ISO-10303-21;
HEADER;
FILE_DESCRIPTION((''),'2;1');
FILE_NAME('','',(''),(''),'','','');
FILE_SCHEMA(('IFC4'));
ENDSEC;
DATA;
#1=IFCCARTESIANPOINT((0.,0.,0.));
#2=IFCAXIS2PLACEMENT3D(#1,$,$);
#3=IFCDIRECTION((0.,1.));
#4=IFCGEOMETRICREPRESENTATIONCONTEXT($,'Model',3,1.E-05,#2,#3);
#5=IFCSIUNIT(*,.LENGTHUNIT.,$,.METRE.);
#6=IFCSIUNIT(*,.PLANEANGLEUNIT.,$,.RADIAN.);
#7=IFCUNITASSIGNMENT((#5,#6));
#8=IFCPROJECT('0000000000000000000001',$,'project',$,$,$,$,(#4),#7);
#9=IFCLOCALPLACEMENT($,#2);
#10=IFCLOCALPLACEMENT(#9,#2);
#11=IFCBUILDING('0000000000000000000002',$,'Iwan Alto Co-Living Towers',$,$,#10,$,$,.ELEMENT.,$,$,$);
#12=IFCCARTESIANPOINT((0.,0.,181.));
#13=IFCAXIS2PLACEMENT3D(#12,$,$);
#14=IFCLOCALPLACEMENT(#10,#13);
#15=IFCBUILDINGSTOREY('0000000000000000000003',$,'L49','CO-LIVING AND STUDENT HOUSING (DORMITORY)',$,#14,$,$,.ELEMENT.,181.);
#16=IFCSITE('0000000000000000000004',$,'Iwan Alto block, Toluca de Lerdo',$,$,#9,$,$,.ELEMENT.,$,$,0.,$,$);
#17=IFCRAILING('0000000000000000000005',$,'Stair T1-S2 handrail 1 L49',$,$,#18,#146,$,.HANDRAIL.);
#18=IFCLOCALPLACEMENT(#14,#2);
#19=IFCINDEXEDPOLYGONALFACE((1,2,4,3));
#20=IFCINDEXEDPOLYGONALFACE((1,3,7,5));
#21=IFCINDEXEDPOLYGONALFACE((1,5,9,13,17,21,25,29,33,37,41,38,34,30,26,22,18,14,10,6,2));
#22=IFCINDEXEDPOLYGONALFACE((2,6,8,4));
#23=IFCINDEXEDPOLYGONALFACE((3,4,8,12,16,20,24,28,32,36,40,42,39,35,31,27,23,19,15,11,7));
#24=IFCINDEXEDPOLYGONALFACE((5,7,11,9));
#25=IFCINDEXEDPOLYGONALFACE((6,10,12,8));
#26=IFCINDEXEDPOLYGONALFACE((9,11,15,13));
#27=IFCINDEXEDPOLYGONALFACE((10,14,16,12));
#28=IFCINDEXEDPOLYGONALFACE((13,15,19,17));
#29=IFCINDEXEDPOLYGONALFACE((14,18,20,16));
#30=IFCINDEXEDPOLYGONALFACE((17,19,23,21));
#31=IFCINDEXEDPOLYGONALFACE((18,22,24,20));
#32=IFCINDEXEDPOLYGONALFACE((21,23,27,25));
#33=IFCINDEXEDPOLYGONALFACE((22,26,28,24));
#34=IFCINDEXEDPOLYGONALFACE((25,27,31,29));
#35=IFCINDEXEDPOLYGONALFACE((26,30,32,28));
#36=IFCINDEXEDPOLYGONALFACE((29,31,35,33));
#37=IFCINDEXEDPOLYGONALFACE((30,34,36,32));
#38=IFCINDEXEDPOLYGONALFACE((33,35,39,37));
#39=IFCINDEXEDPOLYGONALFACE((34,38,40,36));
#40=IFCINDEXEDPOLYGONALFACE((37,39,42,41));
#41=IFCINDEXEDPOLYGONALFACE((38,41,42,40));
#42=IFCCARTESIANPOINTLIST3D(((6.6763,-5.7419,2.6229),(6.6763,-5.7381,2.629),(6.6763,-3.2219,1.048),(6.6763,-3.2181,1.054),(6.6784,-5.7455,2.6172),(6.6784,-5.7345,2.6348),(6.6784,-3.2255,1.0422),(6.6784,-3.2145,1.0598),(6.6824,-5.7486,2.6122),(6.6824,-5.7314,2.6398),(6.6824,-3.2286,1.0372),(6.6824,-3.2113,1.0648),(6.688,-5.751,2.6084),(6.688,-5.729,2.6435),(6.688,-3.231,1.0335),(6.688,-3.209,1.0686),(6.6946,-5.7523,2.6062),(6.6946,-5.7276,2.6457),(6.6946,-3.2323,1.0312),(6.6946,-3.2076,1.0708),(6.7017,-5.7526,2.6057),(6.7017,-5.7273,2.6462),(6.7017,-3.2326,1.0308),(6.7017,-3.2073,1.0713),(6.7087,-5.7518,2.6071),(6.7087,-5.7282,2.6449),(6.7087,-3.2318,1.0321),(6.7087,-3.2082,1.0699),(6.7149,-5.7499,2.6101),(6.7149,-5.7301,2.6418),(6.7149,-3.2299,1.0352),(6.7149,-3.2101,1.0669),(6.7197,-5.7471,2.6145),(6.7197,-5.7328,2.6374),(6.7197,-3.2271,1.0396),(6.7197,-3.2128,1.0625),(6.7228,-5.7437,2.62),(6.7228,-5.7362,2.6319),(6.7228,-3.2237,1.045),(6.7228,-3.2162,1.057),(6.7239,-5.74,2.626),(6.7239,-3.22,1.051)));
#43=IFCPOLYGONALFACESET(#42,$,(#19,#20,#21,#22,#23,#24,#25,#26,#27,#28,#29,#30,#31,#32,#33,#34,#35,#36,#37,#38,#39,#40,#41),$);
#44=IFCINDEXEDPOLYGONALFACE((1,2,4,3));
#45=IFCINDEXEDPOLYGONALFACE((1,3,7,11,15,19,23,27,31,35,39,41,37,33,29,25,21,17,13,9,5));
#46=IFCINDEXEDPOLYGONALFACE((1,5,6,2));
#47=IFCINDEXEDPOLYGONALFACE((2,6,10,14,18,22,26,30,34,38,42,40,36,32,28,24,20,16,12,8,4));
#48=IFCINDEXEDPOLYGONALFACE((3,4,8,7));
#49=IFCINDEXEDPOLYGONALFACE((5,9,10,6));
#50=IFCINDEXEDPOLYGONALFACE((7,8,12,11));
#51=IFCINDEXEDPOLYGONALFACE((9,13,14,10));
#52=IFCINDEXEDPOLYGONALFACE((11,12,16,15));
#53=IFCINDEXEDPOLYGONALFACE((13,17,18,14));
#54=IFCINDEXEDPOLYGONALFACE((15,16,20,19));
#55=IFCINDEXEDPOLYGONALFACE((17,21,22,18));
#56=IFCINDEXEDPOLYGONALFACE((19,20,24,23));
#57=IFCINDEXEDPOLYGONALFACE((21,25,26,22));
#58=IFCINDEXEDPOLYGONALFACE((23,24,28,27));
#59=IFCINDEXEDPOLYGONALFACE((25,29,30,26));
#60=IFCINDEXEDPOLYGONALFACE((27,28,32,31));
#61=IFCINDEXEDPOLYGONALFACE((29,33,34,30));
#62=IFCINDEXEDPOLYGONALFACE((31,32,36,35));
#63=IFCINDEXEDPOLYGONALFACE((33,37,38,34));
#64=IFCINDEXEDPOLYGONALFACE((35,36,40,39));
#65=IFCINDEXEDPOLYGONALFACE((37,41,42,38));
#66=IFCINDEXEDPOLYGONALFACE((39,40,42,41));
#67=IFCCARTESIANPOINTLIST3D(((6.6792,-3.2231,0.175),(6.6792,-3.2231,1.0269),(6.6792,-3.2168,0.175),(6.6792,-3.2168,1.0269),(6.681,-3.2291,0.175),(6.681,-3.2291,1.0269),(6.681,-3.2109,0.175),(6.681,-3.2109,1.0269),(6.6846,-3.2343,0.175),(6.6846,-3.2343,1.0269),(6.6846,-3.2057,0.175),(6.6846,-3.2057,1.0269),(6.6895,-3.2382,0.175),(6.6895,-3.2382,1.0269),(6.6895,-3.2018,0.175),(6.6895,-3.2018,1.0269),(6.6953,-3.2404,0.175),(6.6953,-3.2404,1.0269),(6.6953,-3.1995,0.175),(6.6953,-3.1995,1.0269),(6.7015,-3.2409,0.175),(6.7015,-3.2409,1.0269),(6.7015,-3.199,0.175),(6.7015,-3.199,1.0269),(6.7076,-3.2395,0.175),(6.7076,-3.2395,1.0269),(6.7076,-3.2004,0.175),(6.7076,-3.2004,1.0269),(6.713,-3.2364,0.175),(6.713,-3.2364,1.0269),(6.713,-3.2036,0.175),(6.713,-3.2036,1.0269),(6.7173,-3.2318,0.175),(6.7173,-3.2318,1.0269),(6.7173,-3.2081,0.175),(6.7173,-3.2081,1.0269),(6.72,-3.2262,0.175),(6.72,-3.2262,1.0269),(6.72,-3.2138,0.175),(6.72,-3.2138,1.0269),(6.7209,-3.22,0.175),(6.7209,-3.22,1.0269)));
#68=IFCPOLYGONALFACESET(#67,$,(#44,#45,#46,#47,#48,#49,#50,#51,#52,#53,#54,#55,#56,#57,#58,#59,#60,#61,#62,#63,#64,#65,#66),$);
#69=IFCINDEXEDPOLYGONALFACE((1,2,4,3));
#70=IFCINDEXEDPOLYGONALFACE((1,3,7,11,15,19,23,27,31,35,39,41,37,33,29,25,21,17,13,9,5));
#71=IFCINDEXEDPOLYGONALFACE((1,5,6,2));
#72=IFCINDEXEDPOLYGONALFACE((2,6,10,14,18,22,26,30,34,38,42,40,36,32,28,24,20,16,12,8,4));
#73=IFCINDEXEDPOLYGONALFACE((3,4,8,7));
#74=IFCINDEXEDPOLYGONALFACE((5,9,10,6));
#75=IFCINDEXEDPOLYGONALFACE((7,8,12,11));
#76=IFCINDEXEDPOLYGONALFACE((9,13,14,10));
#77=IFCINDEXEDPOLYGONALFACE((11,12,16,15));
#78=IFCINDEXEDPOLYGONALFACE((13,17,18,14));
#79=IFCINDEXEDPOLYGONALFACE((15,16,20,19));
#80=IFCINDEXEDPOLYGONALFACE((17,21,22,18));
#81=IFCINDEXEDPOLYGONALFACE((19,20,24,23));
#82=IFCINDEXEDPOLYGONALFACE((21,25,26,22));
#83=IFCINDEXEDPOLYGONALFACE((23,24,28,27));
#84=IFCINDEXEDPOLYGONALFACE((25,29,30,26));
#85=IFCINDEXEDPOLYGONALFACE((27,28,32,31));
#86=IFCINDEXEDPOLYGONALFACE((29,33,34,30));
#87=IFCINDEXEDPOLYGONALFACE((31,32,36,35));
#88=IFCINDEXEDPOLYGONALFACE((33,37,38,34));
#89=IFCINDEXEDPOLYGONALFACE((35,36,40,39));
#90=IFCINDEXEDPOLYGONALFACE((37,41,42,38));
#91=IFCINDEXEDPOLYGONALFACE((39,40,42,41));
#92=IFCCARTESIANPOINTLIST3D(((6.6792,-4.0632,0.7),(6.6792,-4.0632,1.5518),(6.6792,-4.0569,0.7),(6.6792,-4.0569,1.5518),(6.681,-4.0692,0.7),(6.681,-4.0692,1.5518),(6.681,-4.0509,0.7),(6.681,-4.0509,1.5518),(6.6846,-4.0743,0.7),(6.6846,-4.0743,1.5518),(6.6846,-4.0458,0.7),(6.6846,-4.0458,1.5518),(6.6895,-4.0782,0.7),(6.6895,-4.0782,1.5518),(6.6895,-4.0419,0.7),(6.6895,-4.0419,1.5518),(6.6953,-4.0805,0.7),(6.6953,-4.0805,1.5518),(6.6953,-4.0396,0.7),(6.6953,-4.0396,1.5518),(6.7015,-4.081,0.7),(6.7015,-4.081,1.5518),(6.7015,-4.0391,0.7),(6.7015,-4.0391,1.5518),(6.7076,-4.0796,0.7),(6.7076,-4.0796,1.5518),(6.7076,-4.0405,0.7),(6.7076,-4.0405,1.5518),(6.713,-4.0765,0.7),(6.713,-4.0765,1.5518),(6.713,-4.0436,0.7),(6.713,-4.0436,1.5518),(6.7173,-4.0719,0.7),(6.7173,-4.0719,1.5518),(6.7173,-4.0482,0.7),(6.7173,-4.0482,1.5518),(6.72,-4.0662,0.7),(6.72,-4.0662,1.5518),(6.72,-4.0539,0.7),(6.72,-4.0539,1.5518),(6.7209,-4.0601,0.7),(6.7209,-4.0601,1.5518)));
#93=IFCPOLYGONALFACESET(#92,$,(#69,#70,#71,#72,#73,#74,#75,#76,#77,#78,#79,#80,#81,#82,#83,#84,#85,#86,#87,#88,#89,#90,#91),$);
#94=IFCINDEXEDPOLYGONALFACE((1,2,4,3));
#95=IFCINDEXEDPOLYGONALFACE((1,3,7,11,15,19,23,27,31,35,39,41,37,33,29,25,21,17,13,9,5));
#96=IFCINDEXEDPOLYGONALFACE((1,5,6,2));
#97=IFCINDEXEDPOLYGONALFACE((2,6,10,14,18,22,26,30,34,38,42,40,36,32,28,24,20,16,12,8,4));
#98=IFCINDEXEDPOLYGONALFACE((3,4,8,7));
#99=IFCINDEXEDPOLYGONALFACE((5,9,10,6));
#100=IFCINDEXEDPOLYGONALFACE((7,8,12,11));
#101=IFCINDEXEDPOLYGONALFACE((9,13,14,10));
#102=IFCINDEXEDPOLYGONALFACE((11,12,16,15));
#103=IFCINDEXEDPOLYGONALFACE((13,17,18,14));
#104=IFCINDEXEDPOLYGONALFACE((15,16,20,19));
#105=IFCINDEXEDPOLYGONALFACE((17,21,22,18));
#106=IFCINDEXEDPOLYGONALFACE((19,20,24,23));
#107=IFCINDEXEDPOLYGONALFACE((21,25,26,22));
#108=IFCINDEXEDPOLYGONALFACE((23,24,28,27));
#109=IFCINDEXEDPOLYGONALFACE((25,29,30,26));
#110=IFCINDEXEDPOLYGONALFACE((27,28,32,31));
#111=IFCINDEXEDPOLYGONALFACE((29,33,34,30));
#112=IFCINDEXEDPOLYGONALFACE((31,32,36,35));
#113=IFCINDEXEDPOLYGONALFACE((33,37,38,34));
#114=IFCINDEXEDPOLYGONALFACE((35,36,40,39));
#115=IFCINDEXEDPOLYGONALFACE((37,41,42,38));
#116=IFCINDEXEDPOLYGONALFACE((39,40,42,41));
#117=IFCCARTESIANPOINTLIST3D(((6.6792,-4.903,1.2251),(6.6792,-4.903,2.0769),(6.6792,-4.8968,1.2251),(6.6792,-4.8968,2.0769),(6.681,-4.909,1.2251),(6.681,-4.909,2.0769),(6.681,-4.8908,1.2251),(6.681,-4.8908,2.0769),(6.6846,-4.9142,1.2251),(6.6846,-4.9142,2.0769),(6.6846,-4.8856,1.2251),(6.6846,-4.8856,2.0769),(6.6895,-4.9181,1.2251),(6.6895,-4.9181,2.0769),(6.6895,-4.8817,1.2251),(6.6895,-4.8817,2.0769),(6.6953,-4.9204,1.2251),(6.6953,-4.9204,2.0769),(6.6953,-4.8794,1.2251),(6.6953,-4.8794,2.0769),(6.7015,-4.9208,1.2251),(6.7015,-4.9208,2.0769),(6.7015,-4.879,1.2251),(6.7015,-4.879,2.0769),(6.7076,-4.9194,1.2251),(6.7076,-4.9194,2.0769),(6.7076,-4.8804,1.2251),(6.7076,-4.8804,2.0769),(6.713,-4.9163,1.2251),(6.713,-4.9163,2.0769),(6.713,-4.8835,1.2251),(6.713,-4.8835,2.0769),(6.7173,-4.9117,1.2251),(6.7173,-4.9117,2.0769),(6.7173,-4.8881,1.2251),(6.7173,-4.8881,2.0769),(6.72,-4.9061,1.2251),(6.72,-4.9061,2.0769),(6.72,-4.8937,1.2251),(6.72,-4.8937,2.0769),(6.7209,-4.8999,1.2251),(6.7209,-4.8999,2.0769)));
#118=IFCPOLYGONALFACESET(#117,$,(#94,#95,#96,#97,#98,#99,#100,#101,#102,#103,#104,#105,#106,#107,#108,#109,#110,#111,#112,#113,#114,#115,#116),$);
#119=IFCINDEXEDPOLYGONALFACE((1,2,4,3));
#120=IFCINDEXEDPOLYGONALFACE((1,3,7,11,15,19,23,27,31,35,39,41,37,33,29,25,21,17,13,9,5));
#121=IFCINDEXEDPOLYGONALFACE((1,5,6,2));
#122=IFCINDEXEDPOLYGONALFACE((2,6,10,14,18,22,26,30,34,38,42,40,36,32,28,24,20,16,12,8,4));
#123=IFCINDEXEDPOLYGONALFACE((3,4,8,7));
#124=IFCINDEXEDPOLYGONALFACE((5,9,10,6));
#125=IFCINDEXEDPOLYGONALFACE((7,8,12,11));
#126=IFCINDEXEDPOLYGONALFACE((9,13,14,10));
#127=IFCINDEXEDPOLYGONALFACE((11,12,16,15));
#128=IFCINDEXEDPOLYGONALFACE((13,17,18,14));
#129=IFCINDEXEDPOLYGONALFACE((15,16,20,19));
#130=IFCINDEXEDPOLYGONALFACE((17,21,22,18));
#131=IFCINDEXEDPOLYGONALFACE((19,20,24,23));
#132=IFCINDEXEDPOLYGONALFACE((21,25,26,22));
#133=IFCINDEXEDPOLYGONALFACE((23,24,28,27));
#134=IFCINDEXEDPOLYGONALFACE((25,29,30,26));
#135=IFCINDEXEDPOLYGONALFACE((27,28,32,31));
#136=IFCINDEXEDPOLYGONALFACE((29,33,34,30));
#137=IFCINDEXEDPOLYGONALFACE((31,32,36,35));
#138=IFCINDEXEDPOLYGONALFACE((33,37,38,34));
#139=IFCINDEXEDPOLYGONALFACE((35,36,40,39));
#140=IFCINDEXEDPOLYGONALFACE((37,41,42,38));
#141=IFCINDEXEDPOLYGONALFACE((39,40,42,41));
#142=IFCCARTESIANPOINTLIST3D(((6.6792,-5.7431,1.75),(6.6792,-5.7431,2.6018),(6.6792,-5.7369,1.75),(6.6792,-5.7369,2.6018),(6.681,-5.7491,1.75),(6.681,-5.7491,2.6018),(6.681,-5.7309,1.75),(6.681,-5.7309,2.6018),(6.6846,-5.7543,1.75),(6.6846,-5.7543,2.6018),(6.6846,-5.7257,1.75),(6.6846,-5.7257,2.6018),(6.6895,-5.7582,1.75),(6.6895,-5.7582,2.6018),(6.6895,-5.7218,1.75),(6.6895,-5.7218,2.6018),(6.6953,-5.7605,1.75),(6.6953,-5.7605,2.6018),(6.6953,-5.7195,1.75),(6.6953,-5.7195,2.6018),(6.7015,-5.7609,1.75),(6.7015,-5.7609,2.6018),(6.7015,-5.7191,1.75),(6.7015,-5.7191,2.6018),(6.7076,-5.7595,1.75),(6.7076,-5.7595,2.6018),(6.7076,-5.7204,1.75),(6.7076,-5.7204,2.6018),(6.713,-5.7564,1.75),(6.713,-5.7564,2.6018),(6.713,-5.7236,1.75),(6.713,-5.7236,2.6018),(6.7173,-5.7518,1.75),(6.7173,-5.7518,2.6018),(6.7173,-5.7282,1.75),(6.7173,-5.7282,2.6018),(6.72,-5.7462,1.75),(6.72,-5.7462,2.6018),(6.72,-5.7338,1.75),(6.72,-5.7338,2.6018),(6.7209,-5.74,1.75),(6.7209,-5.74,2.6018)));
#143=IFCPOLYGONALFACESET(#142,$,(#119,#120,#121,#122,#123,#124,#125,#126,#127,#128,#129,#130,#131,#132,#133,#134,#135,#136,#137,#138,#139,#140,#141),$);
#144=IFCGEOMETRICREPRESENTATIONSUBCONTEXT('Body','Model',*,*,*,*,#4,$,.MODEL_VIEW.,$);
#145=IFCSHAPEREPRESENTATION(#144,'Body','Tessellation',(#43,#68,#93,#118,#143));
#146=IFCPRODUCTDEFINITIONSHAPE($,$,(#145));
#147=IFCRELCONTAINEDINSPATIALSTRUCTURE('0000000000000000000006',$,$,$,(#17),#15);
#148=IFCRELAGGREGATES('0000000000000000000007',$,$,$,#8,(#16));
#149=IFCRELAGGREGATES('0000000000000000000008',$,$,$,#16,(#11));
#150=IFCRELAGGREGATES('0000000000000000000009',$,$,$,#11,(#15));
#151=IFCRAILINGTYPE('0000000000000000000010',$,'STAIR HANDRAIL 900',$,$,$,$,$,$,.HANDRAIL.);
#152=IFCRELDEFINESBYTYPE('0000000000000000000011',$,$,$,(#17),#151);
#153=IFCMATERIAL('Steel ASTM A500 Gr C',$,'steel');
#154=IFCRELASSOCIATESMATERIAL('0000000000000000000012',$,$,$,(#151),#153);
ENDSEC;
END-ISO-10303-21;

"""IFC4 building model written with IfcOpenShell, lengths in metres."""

from ifc_helpers import new_model, si_unit, direction, frame, origin, origin_2d, place, context, subcontext, project, spatial, circle, extrude, material, type_object, element, save


model = new_model("IFC4")

# Units and contexts
model_context = context("Model", 3, precision=1e-05, world=origin(), true_north=direction((0.0, 1.0)))
body_context = subcontext(model_context, "Body", "Model", "MODEL_VIEW")
ifc_project = project(units=[si_unit("LENGTHUNIT", "METRE"), si_unit("PLANEANGLEUNIT", "RADIAN")], contexts=[model_context])

# Site, building, storey
site_placement = place(None, origin())
site = spatial("IfcSite", under=ifc_project, at=site_placement, Name="Iwan Alto block, Toluca de Lerdo", CompositionType="ELEMENT", RefElevation=0.0)
building_placement = place(site_placement, origin())
building = spatial("IfcBuilding", under=site, at=building_placement, Name="Iwan Alto Co-Living Towers", CompositionType="ELEMENT")
storey_placement = place(building_placement, frame((0.0, 0.0, 181.0)))
storey = spatial("IfcBuildingStorey", under=building, at=storey_placement, Name="L49", Description="CO-LIVING AND STUDENT HOUSING (DORMITORY)", CompositionType="ELEMENT", Elevation=181.0)

# Railing
ifc_material_1 = material(Name="Steel ASTM A500 Gr C", Category="steel")
railing_type_1 = type_object("IfcRailingType", Name="STAIR HANDRAIL 900", PredefinedType="HANDRAIL", material=ifc_material_1)
railing_1_placement = place(storey_placement, frame((6.7, -3.22, 0.175)))
element("IfcRailing", 1, at=railing_1_placement, inside=storey, type_object=railing_type_1, Name="Stair T1-S2 handrail 1 L49", PredefinedType="HANDRAIL", context=body_context, shape_type="SweptSolid", body=[
    extrude(circle(Radius=0.0239, at=origin_2d()), frame((0.0, 0.0, 0.876), z_axis=(0.0, -0.848008, 0.529984), x_axis=(1.0, 0.0, 0.0)), (0.0, 0.0, 1.0), 2.9717),
    extrude(circle(Radius=0.021, at=origin_2d()), origin(), (0.0, 0.0, 1.0), 0.8518),
    extrude(circle(Radius=0.021, at=origin_2d()), frame((0.0, -0.8401, 0.5249)), (0.0, 0.0, 1.0), 0.8518),
    extrude(circle(Radius=0.021, at=origin_2d()), frame((0.0, -1.6799, 1.05)), (0.0, 0.0, 1.0), 0.8518),
    extrude(circle(Radius=0.021, at=origin_2d()), frame((0.0, -2.52, 1.575)), (0.0, 0.0, 1.0), 0.8518),
])

save(model, "model.ifc")
